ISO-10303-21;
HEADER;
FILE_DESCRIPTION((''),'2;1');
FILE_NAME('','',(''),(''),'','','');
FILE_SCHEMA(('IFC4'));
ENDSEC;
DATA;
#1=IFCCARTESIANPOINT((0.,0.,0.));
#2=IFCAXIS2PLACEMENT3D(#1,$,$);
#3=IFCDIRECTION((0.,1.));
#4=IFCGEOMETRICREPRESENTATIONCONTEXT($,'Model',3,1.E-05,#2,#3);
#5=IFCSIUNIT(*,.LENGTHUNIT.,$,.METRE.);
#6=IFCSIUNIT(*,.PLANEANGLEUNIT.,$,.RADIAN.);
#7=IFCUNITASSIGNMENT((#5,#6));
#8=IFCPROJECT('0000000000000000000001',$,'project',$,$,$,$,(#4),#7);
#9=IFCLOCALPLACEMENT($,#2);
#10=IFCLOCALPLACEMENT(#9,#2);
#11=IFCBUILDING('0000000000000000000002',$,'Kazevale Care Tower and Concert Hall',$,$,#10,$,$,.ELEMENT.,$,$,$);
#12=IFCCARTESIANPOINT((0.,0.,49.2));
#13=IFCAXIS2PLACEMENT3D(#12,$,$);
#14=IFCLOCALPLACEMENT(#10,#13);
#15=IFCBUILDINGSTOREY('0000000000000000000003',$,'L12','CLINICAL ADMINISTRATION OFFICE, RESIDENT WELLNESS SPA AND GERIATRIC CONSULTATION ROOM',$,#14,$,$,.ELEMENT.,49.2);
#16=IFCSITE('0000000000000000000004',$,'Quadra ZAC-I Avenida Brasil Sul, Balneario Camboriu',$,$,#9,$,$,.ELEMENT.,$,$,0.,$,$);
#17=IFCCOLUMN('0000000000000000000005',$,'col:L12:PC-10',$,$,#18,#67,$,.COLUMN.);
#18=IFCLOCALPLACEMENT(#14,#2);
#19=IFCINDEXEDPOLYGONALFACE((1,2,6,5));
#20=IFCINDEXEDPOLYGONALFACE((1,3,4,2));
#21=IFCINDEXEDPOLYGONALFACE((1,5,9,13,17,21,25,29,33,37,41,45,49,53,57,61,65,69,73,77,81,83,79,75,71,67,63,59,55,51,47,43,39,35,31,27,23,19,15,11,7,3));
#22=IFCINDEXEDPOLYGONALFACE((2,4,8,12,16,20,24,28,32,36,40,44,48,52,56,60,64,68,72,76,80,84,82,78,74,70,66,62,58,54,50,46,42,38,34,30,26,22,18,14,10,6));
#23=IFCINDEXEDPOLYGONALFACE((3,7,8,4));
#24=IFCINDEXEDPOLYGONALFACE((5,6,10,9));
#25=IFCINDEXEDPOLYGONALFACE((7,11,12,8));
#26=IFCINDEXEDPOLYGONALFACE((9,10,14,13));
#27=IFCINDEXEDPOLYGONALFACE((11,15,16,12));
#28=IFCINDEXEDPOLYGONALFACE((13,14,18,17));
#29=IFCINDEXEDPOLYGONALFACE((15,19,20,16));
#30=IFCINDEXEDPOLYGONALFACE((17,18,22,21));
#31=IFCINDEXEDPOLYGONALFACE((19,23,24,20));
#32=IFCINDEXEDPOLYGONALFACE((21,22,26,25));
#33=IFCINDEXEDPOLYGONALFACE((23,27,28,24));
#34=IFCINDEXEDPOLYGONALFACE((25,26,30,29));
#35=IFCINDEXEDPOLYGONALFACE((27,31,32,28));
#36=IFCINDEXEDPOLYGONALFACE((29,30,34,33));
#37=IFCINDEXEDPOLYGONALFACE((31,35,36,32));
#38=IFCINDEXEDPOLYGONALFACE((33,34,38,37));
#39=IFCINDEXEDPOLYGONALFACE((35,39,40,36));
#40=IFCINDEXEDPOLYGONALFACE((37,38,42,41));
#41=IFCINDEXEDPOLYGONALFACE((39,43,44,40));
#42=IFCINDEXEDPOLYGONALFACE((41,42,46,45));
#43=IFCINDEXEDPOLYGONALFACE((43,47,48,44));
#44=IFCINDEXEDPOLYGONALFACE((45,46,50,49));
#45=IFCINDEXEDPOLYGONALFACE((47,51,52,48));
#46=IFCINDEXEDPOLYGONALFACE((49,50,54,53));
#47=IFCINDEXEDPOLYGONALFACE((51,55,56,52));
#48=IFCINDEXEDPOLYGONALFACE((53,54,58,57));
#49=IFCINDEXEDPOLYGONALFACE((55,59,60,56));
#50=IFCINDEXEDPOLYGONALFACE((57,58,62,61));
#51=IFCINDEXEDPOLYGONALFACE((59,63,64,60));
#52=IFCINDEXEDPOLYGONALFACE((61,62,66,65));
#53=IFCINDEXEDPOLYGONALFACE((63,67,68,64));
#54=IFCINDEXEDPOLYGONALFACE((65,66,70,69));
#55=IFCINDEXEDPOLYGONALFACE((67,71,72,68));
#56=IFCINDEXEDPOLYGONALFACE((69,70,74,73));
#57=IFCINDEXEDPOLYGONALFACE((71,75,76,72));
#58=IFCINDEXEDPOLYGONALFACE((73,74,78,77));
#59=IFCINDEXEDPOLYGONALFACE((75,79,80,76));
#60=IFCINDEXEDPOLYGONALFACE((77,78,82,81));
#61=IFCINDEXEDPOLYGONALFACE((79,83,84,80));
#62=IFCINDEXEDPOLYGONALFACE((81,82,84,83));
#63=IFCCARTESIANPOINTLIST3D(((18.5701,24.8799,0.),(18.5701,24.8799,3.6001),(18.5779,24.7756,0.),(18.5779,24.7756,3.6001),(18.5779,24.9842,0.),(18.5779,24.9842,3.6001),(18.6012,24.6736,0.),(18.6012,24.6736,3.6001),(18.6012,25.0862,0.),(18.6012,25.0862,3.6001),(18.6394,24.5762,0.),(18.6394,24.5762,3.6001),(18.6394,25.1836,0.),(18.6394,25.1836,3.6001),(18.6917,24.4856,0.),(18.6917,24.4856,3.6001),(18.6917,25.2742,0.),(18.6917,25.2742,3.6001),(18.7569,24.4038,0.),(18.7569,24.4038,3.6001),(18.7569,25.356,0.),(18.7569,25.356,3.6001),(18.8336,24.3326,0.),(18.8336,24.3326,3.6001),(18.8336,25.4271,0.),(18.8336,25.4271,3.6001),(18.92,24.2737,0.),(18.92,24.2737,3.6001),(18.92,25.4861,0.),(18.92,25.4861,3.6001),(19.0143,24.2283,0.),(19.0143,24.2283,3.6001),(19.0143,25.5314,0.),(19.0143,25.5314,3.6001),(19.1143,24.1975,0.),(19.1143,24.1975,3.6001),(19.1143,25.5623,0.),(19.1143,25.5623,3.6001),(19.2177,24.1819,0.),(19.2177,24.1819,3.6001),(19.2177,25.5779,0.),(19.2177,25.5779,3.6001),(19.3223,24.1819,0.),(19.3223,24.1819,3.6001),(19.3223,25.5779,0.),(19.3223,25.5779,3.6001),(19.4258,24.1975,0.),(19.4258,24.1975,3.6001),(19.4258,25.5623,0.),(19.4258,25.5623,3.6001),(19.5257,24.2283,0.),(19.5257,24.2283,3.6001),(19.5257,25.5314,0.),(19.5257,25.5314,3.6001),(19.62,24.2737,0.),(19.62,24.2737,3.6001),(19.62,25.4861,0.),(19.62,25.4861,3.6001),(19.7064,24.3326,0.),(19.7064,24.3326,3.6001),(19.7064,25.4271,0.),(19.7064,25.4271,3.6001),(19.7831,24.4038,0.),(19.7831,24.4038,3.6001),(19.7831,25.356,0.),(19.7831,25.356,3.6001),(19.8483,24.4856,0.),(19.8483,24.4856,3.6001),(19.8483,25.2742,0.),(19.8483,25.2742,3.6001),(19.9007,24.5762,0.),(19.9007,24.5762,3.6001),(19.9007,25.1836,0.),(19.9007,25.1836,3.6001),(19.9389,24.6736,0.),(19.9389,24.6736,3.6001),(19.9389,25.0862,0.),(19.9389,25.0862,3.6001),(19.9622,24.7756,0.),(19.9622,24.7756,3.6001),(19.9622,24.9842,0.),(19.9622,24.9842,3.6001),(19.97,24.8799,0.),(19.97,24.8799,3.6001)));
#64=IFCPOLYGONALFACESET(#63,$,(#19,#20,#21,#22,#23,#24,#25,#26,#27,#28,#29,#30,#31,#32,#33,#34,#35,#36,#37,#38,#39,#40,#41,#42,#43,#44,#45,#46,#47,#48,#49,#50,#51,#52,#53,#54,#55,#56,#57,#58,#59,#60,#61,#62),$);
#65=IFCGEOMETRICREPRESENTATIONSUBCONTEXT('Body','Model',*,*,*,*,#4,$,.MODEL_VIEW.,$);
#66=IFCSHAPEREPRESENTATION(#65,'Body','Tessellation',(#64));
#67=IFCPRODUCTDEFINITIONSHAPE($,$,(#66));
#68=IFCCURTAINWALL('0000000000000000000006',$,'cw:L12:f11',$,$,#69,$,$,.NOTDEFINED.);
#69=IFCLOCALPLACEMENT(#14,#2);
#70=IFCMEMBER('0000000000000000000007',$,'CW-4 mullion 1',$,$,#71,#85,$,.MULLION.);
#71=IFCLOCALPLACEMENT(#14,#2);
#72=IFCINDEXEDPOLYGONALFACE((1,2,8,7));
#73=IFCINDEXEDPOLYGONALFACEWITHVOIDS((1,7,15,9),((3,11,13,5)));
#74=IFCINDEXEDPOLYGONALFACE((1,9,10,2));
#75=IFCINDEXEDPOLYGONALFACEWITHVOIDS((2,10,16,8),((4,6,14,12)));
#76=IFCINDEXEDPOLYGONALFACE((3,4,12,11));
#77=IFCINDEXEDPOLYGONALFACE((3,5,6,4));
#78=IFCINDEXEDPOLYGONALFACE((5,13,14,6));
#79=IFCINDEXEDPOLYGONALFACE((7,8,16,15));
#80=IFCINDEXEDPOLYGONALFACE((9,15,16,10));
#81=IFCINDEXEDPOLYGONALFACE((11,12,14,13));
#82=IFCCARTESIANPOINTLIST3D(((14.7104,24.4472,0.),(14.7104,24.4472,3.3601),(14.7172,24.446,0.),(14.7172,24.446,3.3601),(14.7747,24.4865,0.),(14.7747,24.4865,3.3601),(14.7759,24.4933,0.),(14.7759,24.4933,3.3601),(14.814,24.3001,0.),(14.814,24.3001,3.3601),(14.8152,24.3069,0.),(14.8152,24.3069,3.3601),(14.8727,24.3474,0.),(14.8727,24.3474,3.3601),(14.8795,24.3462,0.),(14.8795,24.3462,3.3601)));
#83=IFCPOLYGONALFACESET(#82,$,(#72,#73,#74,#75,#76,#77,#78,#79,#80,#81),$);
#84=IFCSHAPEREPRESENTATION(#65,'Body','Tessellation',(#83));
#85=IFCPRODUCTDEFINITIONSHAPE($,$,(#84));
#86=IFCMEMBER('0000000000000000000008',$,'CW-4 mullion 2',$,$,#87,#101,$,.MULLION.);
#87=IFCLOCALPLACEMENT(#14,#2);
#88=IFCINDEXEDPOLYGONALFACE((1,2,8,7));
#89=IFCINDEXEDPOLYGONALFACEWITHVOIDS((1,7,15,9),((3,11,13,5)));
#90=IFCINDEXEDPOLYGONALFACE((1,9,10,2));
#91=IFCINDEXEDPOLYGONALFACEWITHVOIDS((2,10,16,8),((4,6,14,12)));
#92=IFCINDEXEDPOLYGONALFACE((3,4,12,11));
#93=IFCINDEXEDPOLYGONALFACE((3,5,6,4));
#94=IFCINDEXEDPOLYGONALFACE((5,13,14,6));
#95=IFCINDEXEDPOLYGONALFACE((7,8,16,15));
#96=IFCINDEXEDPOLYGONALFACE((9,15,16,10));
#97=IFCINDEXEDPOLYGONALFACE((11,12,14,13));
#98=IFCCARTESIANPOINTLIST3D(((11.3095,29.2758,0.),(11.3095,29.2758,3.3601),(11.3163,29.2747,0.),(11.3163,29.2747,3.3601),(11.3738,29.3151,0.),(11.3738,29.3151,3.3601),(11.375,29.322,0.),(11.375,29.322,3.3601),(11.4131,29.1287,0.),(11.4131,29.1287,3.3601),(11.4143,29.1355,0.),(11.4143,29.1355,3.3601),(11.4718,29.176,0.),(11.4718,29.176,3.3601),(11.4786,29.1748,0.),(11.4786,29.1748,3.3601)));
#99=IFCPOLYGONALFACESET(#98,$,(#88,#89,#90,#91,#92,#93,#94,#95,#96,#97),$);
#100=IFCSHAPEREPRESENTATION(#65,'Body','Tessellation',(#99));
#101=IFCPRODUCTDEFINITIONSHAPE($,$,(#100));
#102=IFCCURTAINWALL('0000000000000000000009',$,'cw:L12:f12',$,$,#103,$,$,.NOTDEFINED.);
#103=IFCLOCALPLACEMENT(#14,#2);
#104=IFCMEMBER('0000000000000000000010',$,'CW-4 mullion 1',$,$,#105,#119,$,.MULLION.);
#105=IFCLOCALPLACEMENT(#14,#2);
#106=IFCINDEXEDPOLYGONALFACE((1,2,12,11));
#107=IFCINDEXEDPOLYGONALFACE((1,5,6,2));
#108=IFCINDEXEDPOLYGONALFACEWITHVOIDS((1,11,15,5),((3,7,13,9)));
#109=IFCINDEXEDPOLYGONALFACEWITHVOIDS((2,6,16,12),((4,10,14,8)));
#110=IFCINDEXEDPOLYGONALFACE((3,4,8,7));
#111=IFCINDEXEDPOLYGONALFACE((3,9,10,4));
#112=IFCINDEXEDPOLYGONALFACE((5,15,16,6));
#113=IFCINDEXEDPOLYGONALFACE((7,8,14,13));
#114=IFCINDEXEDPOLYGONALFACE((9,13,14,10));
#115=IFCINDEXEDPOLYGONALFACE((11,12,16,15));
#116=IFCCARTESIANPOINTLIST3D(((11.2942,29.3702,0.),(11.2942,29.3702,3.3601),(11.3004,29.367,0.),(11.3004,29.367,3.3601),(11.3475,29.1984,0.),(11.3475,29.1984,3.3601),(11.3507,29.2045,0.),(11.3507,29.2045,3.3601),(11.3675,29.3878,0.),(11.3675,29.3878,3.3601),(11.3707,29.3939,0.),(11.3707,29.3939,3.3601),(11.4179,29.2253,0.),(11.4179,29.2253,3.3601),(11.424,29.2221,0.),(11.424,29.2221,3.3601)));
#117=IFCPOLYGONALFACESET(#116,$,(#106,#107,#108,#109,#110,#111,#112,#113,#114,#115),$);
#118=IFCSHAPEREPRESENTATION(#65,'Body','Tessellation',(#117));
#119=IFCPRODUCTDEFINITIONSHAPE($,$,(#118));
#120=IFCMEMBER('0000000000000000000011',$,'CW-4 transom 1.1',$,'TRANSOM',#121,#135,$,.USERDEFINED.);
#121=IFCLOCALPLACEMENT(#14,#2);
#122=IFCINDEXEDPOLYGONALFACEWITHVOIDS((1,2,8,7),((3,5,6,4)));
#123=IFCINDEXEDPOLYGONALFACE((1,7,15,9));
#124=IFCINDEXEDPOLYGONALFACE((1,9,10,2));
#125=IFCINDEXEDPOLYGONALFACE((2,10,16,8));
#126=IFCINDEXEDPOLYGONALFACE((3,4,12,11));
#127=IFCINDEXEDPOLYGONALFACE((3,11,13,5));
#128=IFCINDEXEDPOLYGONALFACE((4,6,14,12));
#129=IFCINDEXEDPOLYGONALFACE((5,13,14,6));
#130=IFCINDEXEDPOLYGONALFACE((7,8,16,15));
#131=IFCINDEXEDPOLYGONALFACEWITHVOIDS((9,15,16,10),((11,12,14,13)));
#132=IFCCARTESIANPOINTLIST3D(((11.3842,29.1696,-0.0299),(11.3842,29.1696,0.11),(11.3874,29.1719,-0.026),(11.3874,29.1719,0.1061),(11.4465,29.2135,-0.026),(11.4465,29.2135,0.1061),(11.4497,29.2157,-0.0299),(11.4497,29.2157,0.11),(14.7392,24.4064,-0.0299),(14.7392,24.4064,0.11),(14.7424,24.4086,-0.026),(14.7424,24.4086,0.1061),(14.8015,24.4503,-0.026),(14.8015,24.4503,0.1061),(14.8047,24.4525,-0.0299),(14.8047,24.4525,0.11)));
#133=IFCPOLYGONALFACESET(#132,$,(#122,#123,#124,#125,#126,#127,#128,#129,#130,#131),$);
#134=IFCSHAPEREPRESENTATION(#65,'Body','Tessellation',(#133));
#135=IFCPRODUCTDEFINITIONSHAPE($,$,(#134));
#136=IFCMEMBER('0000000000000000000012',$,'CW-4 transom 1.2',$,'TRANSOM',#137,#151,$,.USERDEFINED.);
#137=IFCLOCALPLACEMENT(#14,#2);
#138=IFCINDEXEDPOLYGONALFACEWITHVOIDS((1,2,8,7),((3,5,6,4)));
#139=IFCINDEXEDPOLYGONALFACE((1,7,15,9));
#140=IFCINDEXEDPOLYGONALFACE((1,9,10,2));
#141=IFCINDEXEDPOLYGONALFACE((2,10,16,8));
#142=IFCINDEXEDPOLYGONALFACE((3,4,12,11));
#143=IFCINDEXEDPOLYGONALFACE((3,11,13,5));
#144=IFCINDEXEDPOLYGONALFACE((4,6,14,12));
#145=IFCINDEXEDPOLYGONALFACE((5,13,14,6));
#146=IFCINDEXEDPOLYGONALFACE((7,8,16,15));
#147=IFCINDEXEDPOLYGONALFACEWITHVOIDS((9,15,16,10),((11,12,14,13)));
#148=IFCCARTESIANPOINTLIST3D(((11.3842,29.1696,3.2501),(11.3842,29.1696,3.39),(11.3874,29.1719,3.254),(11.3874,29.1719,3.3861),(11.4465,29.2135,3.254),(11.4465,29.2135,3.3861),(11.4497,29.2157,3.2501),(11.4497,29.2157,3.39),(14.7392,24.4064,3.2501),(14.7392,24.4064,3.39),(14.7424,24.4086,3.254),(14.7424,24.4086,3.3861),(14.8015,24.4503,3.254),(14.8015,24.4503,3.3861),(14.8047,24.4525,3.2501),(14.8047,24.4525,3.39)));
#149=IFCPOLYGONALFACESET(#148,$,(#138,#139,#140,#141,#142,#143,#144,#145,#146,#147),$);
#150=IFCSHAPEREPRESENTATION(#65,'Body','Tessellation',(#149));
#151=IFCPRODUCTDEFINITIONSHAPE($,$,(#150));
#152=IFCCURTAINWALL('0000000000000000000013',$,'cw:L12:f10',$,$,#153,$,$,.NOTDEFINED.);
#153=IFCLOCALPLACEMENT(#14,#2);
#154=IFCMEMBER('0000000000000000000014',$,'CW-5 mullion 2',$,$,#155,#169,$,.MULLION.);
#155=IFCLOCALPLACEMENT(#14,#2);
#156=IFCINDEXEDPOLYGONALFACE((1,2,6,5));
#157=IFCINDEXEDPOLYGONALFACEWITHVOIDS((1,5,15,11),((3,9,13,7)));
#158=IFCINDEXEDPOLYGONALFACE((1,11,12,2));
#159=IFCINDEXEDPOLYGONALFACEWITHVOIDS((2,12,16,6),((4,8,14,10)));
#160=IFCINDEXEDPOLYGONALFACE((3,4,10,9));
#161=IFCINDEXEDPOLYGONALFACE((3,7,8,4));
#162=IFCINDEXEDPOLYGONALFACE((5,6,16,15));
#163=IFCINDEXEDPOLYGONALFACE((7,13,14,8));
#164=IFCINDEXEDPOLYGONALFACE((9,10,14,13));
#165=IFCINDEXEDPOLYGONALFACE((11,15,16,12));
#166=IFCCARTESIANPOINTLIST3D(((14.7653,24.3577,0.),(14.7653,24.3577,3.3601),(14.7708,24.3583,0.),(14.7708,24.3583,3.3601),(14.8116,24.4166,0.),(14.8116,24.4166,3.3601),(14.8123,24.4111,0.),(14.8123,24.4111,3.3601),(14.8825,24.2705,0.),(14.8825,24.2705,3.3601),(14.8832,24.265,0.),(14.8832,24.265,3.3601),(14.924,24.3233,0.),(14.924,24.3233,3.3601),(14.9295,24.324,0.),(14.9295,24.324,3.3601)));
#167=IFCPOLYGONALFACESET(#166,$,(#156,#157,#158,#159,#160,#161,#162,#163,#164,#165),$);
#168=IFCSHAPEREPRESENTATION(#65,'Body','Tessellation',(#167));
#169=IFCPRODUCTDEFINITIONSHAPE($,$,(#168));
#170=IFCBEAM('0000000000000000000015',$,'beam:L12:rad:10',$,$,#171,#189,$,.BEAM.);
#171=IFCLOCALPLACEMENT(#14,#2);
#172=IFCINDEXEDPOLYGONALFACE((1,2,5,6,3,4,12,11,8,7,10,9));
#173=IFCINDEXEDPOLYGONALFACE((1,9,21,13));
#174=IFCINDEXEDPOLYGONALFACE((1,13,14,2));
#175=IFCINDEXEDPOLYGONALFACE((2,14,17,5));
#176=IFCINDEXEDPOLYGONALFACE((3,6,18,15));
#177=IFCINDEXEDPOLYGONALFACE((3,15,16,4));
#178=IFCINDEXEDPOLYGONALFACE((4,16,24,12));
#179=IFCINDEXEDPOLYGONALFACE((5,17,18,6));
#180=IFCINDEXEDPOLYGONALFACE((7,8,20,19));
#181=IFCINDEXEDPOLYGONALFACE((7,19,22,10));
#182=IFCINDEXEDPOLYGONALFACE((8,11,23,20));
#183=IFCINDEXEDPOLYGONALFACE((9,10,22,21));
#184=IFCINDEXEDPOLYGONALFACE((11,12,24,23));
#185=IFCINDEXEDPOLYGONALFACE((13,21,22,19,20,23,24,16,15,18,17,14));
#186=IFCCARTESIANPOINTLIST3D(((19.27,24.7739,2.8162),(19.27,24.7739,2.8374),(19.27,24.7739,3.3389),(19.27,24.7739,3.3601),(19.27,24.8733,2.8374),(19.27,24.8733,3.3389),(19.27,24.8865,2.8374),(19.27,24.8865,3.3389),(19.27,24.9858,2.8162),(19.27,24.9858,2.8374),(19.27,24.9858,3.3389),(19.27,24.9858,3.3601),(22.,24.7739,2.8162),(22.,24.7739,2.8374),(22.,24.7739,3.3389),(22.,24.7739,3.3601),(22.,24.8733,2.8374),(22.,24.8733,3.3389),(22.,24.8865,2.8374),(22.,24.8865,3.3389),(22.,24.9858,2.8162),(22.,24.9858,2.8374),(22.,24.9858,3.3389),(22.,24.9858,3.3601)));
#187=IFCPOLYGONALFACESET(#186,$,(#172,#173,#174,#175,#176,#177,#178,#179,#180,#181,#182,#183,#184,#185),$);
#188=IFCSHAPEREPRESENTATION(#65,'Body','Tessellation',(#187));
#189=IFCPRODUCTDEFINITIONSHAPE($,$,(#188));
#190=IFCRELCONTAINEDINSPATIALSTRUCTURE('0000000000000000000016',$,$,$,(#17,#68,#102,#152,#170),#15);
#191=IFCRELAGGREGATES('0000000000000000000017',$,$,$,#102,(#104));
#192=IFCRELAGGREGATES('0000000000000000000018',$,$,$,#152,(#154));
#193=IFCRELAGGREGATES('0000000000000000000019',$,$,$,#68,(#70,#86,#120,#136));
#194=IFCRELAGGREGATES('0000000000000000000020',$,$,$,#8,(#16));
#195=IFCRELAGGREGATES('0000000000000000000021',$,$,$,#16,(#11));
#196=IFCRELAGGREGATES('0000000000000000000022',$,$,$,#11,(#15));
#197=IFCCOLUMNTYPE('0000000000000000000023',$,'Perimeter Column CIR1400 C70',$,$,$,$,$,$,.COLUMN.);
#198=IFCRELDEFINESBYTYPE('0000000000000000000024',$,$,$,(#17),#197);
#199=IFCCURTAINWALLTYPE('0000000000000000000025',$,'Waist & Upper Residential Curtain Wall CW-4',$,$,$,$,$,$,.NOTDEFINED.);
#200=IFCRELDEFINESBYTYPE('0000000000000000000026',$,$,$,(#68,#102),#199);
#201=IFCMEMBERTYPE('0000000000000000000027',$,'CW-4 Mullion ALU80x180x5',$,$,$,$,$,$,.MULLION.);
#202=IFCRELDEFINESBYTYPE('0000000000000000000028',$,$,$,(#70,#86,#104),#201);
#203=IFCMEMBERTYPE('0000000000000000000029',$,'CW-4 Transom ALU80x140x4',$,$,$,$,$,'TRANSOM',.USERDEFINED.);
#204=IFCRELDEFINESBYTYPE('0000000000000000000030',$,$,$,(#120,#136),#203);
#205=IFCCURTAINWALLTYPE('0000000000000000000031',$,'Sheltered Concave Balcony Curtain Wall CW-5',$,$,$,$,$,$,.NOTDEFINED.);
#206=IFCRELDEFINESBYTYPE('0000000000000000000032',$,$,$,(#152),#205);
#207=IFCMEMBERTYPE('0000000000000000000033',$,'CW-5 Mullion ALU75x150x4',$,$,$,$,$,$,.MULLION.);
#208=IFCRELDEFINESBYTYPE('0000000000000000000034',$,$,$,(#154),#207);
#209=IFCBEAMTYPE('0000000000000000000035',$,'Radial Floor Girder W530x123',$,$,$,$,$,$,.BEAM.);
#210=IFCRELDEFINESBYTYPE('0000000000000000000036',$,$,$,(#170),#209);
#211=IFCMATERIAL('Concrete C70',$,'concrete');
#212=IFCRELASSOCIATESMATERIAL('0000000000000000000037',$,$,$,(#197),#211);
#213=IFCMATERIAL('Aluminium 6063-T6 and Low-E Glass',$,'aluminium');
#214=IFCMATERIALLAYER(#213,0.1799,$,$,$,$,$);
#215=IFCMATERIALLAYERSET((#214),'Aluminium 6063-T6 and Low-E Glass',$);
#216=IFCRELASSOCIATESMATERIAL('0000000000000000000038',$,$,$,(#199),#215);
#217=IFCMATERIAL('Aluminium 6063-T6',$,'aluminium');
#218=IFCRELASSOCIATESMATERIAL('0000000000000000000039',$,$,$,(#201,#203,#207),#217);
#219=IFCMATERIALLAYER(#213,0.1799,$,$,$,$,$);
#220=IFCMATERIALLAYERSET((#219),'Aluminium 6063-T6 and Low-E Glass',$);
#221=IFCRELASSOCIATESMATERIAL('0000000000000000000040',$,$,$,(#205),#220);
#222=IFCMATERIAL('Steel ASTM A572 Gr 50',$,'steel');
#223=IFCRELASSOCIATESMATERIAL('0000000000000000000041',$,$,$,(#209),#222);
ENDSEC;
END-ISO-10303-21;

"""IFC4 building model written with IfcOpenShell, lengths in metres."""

from ifc_helpers import new_model, si_unit, direction, frame, origin, origin_2d, place, context, subcontext, project, spatial, hollow_rectangle, circle, i_section, extrude, material, layer, layer_set, material_profile, profile_set, type_object, element, aggregate, save


model = new_model("IFC4")

# Units and contexts
model_context = context("Model", 3, precision=1e-05, world=origin(), true_north=direction((0.0, 1.0)))
body_context = subcontext(model_context, "Body", "Model", "MODEL_VIEW")
ifc_project = project(units=[si_unit("LENGTHUNIT", "METRE"), si_unit("PLANEANGLEUNIT", "RADIAN")], contexts=[model_context])

# Site, building, storey
site_placement = place(None, origin())
site = spatial("IfcSite", under=ifc_project, at=site_placement, Name="Quadra ZAC-I Avenida Brasil Sul, Balneario Camboriu", CompositionType="ELEMENT", RefElevation=0.0)
building_placement = place(site_placement, origin())
building = spatial("IfcBuilding", under=site, at=building_placement, Name="Kazevale Care Tower and Concert Hall", CompositionType="ELEMENT")
storey_placement = place(building_placement, frame((0.0, 0.0, 49.2)))
storey = spatial("IfcBuildingStorey", under=building, at=storey_placement, Name="L12", Description="CLINICAL ADMINISTRATION OFFICE, RESIDENT WELLNESS SPA AND GERIATRIC CONSULTATION ROOM", CompositionType="ELEMENT", Elevation=49.2)

# Column
ifc_material_1 = material(Name="Concrete C70", Category="concrete")
ifc_material_profile_1 = material_profile(ifc_material_1, circle(Radius=0.7, at=origin_2d()), Name="RC-CIR1400")
ifc_profile_set_1 = profile_set([ifc_material_profile_1], Name="Concrete C70")
column_type = type_object("IfcColumnType", Name="Perimeter Column CIR1400 C70", PredefinedType="COLUMN", material=ifc_profile_set_1)
column_placement = place(storey_placement, frame((19.27, 24.8799, 0.0), z_axis=(0.0, 0.0, 1.0), x_axis=(1.0, 0.0, 0.0)))
element("IfcColumn", 1, at=column_placement, inside=storey, type_object=column_type, Name="col:L12:PC-10", PredefinedType="COLUMN", context=body_context, shape_type="SweptSolid", body=[
    extrude(circle(Radius=0.7, at=origin_2d()), origin(), (0.0, 0.0, 1.0), 3.6001),
])

# Curtain wall, members
ifc_material_2 = material(Name="Aluminium 6063-T6 and Low-E Glass", Category="aluminium")
ifc_layer_1 = layer(ifc_material_2, 0.1799)
ifc_layer_set_1 = layer_set([ifc_layer_1], Name="Aluminium 6063-T6 and Low-E Glass")
curtain_wall_type_1 = type_object("IfcCurtainWallType", Name="Waist & Upper Residential Curtain Wall CW-4", PredefinedType="NOTDEFINED", material=ifc_layer_set_1)
curtain_wall_1_placement = place(storey_placement, origin())
curtain_wall_1 = element("IfcCurtainWall", 2, at=curtain_wall_1_placement, inside=storey, type_object=curtain_wall_type_1, Name="cw:L12:f11", PredefinedType="NOTDEFINED")
ifc_material_3 = material(Name="Aluminium 6063-T6", Category="aluminium")
ifc_material_profile_2 = material_profile(ifc_material_3, hollow_rectangle(XDim=0.0801, YDim=0.1799, WallThickness=0.0049, at=origin_2d()), Name="ALU80x180x5")
ifc_profile_set_2 = profile_set([ifc_material_profile_2], Name="Aluminium 6063-T6")
member_type_1 = type_object("IfcMemberType", Name="CW-4 Mullion ALU80x180x5", PredefinedType="MULLION", material=ifc_profile_set_2)
member_1_placement = place(storey_placement, frame((14.7949, 24.3967, 0.0), z_axis=(0.0, 0.0, 1.0), x_axis=(-0.817565, -0.575837, 0.0)))
member_1 = element("IfcMember", 3, at=member_1_placement, type_object=member_type_1, Name="CW-4 mullion 1", PredefinedType="MULLION", context=body_context, shape_type="SweptSolid", body=[
    extrude(hollow_rectangle(XDim=0.0801, YDim=0.1799, WallThickness=0.0049, at=origin_2d()), origin(), (0.0, 0.0, 1.0), 3.3601),
])
member_2_placement = place(storey_placement, frame((11.394, 29.2253, 0.0), z_axis=(0.0, 0.0, 1.0), x_axis=(-0.817565, -0.575837, 0.0)))
member_2 = element("IfcMember", 4, at=member_2_placement, type_object=member_type_1, Name="CW-4 mullion 2", PredefinedType="MULLION", context=body_context, shape_type="SweptSolid", body=[
    extrude(hollow_rectangle(XDim=0.0801, YDim=0.1799, WallThickness=0.0049, at=origin_2d()), origin(), (0.0, 0.0, 1.0), 3.3601),
])

# Curtain wall, member
curtain_wall_2_placement = place(storey_placement, origin())
curtain_wall_2 = element("IfcCurtainWall", 5, at=curtain_wall_2_placement, inside=storey, type_object=curtain_wall_type_1, Name="cw:L12:f12", PredefinedType="NOTDEFINED")
member_3_placement = place(storey_placement, frame((11.3591, 29.2961, 0.0), z_axis=(0.0, 0.0, 1.0), x_axis=(-0.955157, -0.296099, 0.0)))
member_3 = element("IfcMember", 6, at=member_3_placement, type_object=member_type_1, Name="CW-4 mullion 1", PredefinedType="MULLION", context=body_context, shape_type="SweptSolid", body=[
    extrude(hollow_rectangle(XDim=0.0801, YDim=0.1799, WallThickness=0.0049, at=origin_2d()), origin(), (0.0, 0.0, 1.0), 3.3601),
])
aggregate(curtain_wall_2, [member_3])

# Members
ifc_material_profile_3 = material_profile(ifc_material_3, hollow_rectangle(XDim=0.0801, YDim=0.1399, WallThickness=0.0039, at=origin_2d()), Name="ALU80x140x4")
ifc_profile_set_3 = profile_set([ifc_material_profile_3], Name="Aluminium 6063-T6")
member_type_2 = type_object("IfcMemberType", Name="CW-4 Transom ALU80x140x4", ElementType="TRANSOM", PredefinedType="USERDEFINED", material=ifc_profile_set_3)
member_4_placement = place(storey_placement, frame((14.772, 24.4294, 0.04), z_axis=(-0.57585, 0.817555, 0.0), x_axis=(-0.817555, -0.57585, 0.0)))
member_4 = element("IfcMember", 7, at=member_4_placement, type_object=member_type_2, Name="CW-4 transom 1.1", ObjectType="TRANSOM", PredefinedType="USERDEFINED", context=body_context, shape_type="SweptSolid", body=[
    extrude(hollow_rectangle(XDim=0.0801, YDim=0.1399, WallThickness=0.0039, at=origin_2d()), origin(), (0.0, 0.0, 1.0), 5.8262),
])
member_5_placement = place(storey_placement, frame((14.772, 24.4294, 3.3201), z_axis=(-0.57585, 0.817555, 0.0), x_axis=(-0.817555, -0.57585, 0.0)))
member_5 = element("IfcMember", 8, at=member_5_placement, type_object=member_type_2, Name="CW-4 transom 1.2", ObjectType="TRANSOM", PredefinedType="USERDEFINED", context=body_context, shape_type="SweptSolid", body=[
    extrude(hollow_rectangle(XDim=0.0801, YDim=0.1399, WallThickness=0.0039, at=origin_2d()), origin(), (0.0, 0.0, 1.0), 5.8262),
])

# Curtain wall, member
ifc_layer_2 = layer(ifc_material_2, 0.1799)
ifc_layer_set_2 = layer_set([ifc_layer_2], Name="Aluminium 6063-T6 and Low-E Glass")
curtain_wall_type_2 = type_object("IfcCurtainWallType", Name="Sheltered Concave Balcony Curtain Wall CW-5", PredefinedType="NOTDEFINED", material=ifc_layer_set_2)
curtain_wall_3_placement = place(storey_placement, origin())
curtain_wall_3 = element("IfcCurtainWall", 9, at=curtain_wall_3_placement, inside=storey, type_object=curtain_wall_type_2, Name="cw:L12:f10", PredefinedType="NOTDEFINED")
ifc_material_profile_4 = material_profile(ifc_material_3, hollow_rectangle(XDim=0.075, YDim=0.1499, WallThickness=0.0039, at=origin_2d()), Name="ALU75x150x4")
ifc_profile_set_4 = profile_set([ifc_material_profile_4], Name="Aluminium 6063-T6")
member_type_3 = type_object("IfcMemberType", Name="CW-5 Mullion ALU75x150x4", PredefinedType="MULLION", material=ifc_profile_set_4)
member_6_placement = place(storey_placement, frame((14.8474, 24.3408, 0.0), z_axis=(0.0, 0.0, 1.0), x_axis=(-0.617808, -0.786329, 0.0)))
member_6 = element("IfcMember", 10, at=member_6_placement, type_object=member_type_3, Name="CW-5 mullion 2", PredefinedType="MULLION", context=body_context, shape_type="SweptSolid", body=[
    extrude(hollow_rectangle(XDim=0.075, YDim=0.1499, WallThickness=0.0039, at=origin_2d()), origin(), (0.0, 0.0, 1.0), 3.3601),
])
aggregate(curtain_wall_3, [member_6])

# Beam
ifc_material_4 = material(Name="Steel ASTM A572 Gr 50", Category="steel")
ifc_material_profile_5 = material_profile(ifc_material_4, i_section(OverallWidth=0.2119, OverallDepth=0.5439, WebThickness=0.0132, FlangeThickness=0.0212, at=origin_2d()), Name="W530x123")
ifc_profile_set_5 = profile_set([ifc_material_profile_5], Name="Steel ASTM A572 Gr 50")
beam_type_1 = type_object("IfcBeamType", Name="Radial Floor Girder W530x123", PredefinedType="BEAM", material=ifc_profile_set_5)
beam_1_placement = place(storey_placement, frame((22.0, 24.8799, 3.0881), z_axis=(-1.0, 0.0, 0.0), x_axis=(0.0, -1.0, 0.0)))
element("IfcBeam", 11, at=beam_1_placement, inside=storey, type_object=beam_type_1, Name="beam:L12:rad:10", PredefinedType="BEAM", context=body_context, shape_type="SweptSolid", body=[
    extrude(i_section(OverallWidth=0.2119, OverallDepth=0.5439, WebThickness=0.0132, FlangeThickness=0.0212, at=origin_2d()), origin(), (0.0, 0.0, 1.0), 2.73),
])

aggregate(curtain_wall_1, [member_1, member_2, member_4, member_5])

save(model, "model.ifc")
